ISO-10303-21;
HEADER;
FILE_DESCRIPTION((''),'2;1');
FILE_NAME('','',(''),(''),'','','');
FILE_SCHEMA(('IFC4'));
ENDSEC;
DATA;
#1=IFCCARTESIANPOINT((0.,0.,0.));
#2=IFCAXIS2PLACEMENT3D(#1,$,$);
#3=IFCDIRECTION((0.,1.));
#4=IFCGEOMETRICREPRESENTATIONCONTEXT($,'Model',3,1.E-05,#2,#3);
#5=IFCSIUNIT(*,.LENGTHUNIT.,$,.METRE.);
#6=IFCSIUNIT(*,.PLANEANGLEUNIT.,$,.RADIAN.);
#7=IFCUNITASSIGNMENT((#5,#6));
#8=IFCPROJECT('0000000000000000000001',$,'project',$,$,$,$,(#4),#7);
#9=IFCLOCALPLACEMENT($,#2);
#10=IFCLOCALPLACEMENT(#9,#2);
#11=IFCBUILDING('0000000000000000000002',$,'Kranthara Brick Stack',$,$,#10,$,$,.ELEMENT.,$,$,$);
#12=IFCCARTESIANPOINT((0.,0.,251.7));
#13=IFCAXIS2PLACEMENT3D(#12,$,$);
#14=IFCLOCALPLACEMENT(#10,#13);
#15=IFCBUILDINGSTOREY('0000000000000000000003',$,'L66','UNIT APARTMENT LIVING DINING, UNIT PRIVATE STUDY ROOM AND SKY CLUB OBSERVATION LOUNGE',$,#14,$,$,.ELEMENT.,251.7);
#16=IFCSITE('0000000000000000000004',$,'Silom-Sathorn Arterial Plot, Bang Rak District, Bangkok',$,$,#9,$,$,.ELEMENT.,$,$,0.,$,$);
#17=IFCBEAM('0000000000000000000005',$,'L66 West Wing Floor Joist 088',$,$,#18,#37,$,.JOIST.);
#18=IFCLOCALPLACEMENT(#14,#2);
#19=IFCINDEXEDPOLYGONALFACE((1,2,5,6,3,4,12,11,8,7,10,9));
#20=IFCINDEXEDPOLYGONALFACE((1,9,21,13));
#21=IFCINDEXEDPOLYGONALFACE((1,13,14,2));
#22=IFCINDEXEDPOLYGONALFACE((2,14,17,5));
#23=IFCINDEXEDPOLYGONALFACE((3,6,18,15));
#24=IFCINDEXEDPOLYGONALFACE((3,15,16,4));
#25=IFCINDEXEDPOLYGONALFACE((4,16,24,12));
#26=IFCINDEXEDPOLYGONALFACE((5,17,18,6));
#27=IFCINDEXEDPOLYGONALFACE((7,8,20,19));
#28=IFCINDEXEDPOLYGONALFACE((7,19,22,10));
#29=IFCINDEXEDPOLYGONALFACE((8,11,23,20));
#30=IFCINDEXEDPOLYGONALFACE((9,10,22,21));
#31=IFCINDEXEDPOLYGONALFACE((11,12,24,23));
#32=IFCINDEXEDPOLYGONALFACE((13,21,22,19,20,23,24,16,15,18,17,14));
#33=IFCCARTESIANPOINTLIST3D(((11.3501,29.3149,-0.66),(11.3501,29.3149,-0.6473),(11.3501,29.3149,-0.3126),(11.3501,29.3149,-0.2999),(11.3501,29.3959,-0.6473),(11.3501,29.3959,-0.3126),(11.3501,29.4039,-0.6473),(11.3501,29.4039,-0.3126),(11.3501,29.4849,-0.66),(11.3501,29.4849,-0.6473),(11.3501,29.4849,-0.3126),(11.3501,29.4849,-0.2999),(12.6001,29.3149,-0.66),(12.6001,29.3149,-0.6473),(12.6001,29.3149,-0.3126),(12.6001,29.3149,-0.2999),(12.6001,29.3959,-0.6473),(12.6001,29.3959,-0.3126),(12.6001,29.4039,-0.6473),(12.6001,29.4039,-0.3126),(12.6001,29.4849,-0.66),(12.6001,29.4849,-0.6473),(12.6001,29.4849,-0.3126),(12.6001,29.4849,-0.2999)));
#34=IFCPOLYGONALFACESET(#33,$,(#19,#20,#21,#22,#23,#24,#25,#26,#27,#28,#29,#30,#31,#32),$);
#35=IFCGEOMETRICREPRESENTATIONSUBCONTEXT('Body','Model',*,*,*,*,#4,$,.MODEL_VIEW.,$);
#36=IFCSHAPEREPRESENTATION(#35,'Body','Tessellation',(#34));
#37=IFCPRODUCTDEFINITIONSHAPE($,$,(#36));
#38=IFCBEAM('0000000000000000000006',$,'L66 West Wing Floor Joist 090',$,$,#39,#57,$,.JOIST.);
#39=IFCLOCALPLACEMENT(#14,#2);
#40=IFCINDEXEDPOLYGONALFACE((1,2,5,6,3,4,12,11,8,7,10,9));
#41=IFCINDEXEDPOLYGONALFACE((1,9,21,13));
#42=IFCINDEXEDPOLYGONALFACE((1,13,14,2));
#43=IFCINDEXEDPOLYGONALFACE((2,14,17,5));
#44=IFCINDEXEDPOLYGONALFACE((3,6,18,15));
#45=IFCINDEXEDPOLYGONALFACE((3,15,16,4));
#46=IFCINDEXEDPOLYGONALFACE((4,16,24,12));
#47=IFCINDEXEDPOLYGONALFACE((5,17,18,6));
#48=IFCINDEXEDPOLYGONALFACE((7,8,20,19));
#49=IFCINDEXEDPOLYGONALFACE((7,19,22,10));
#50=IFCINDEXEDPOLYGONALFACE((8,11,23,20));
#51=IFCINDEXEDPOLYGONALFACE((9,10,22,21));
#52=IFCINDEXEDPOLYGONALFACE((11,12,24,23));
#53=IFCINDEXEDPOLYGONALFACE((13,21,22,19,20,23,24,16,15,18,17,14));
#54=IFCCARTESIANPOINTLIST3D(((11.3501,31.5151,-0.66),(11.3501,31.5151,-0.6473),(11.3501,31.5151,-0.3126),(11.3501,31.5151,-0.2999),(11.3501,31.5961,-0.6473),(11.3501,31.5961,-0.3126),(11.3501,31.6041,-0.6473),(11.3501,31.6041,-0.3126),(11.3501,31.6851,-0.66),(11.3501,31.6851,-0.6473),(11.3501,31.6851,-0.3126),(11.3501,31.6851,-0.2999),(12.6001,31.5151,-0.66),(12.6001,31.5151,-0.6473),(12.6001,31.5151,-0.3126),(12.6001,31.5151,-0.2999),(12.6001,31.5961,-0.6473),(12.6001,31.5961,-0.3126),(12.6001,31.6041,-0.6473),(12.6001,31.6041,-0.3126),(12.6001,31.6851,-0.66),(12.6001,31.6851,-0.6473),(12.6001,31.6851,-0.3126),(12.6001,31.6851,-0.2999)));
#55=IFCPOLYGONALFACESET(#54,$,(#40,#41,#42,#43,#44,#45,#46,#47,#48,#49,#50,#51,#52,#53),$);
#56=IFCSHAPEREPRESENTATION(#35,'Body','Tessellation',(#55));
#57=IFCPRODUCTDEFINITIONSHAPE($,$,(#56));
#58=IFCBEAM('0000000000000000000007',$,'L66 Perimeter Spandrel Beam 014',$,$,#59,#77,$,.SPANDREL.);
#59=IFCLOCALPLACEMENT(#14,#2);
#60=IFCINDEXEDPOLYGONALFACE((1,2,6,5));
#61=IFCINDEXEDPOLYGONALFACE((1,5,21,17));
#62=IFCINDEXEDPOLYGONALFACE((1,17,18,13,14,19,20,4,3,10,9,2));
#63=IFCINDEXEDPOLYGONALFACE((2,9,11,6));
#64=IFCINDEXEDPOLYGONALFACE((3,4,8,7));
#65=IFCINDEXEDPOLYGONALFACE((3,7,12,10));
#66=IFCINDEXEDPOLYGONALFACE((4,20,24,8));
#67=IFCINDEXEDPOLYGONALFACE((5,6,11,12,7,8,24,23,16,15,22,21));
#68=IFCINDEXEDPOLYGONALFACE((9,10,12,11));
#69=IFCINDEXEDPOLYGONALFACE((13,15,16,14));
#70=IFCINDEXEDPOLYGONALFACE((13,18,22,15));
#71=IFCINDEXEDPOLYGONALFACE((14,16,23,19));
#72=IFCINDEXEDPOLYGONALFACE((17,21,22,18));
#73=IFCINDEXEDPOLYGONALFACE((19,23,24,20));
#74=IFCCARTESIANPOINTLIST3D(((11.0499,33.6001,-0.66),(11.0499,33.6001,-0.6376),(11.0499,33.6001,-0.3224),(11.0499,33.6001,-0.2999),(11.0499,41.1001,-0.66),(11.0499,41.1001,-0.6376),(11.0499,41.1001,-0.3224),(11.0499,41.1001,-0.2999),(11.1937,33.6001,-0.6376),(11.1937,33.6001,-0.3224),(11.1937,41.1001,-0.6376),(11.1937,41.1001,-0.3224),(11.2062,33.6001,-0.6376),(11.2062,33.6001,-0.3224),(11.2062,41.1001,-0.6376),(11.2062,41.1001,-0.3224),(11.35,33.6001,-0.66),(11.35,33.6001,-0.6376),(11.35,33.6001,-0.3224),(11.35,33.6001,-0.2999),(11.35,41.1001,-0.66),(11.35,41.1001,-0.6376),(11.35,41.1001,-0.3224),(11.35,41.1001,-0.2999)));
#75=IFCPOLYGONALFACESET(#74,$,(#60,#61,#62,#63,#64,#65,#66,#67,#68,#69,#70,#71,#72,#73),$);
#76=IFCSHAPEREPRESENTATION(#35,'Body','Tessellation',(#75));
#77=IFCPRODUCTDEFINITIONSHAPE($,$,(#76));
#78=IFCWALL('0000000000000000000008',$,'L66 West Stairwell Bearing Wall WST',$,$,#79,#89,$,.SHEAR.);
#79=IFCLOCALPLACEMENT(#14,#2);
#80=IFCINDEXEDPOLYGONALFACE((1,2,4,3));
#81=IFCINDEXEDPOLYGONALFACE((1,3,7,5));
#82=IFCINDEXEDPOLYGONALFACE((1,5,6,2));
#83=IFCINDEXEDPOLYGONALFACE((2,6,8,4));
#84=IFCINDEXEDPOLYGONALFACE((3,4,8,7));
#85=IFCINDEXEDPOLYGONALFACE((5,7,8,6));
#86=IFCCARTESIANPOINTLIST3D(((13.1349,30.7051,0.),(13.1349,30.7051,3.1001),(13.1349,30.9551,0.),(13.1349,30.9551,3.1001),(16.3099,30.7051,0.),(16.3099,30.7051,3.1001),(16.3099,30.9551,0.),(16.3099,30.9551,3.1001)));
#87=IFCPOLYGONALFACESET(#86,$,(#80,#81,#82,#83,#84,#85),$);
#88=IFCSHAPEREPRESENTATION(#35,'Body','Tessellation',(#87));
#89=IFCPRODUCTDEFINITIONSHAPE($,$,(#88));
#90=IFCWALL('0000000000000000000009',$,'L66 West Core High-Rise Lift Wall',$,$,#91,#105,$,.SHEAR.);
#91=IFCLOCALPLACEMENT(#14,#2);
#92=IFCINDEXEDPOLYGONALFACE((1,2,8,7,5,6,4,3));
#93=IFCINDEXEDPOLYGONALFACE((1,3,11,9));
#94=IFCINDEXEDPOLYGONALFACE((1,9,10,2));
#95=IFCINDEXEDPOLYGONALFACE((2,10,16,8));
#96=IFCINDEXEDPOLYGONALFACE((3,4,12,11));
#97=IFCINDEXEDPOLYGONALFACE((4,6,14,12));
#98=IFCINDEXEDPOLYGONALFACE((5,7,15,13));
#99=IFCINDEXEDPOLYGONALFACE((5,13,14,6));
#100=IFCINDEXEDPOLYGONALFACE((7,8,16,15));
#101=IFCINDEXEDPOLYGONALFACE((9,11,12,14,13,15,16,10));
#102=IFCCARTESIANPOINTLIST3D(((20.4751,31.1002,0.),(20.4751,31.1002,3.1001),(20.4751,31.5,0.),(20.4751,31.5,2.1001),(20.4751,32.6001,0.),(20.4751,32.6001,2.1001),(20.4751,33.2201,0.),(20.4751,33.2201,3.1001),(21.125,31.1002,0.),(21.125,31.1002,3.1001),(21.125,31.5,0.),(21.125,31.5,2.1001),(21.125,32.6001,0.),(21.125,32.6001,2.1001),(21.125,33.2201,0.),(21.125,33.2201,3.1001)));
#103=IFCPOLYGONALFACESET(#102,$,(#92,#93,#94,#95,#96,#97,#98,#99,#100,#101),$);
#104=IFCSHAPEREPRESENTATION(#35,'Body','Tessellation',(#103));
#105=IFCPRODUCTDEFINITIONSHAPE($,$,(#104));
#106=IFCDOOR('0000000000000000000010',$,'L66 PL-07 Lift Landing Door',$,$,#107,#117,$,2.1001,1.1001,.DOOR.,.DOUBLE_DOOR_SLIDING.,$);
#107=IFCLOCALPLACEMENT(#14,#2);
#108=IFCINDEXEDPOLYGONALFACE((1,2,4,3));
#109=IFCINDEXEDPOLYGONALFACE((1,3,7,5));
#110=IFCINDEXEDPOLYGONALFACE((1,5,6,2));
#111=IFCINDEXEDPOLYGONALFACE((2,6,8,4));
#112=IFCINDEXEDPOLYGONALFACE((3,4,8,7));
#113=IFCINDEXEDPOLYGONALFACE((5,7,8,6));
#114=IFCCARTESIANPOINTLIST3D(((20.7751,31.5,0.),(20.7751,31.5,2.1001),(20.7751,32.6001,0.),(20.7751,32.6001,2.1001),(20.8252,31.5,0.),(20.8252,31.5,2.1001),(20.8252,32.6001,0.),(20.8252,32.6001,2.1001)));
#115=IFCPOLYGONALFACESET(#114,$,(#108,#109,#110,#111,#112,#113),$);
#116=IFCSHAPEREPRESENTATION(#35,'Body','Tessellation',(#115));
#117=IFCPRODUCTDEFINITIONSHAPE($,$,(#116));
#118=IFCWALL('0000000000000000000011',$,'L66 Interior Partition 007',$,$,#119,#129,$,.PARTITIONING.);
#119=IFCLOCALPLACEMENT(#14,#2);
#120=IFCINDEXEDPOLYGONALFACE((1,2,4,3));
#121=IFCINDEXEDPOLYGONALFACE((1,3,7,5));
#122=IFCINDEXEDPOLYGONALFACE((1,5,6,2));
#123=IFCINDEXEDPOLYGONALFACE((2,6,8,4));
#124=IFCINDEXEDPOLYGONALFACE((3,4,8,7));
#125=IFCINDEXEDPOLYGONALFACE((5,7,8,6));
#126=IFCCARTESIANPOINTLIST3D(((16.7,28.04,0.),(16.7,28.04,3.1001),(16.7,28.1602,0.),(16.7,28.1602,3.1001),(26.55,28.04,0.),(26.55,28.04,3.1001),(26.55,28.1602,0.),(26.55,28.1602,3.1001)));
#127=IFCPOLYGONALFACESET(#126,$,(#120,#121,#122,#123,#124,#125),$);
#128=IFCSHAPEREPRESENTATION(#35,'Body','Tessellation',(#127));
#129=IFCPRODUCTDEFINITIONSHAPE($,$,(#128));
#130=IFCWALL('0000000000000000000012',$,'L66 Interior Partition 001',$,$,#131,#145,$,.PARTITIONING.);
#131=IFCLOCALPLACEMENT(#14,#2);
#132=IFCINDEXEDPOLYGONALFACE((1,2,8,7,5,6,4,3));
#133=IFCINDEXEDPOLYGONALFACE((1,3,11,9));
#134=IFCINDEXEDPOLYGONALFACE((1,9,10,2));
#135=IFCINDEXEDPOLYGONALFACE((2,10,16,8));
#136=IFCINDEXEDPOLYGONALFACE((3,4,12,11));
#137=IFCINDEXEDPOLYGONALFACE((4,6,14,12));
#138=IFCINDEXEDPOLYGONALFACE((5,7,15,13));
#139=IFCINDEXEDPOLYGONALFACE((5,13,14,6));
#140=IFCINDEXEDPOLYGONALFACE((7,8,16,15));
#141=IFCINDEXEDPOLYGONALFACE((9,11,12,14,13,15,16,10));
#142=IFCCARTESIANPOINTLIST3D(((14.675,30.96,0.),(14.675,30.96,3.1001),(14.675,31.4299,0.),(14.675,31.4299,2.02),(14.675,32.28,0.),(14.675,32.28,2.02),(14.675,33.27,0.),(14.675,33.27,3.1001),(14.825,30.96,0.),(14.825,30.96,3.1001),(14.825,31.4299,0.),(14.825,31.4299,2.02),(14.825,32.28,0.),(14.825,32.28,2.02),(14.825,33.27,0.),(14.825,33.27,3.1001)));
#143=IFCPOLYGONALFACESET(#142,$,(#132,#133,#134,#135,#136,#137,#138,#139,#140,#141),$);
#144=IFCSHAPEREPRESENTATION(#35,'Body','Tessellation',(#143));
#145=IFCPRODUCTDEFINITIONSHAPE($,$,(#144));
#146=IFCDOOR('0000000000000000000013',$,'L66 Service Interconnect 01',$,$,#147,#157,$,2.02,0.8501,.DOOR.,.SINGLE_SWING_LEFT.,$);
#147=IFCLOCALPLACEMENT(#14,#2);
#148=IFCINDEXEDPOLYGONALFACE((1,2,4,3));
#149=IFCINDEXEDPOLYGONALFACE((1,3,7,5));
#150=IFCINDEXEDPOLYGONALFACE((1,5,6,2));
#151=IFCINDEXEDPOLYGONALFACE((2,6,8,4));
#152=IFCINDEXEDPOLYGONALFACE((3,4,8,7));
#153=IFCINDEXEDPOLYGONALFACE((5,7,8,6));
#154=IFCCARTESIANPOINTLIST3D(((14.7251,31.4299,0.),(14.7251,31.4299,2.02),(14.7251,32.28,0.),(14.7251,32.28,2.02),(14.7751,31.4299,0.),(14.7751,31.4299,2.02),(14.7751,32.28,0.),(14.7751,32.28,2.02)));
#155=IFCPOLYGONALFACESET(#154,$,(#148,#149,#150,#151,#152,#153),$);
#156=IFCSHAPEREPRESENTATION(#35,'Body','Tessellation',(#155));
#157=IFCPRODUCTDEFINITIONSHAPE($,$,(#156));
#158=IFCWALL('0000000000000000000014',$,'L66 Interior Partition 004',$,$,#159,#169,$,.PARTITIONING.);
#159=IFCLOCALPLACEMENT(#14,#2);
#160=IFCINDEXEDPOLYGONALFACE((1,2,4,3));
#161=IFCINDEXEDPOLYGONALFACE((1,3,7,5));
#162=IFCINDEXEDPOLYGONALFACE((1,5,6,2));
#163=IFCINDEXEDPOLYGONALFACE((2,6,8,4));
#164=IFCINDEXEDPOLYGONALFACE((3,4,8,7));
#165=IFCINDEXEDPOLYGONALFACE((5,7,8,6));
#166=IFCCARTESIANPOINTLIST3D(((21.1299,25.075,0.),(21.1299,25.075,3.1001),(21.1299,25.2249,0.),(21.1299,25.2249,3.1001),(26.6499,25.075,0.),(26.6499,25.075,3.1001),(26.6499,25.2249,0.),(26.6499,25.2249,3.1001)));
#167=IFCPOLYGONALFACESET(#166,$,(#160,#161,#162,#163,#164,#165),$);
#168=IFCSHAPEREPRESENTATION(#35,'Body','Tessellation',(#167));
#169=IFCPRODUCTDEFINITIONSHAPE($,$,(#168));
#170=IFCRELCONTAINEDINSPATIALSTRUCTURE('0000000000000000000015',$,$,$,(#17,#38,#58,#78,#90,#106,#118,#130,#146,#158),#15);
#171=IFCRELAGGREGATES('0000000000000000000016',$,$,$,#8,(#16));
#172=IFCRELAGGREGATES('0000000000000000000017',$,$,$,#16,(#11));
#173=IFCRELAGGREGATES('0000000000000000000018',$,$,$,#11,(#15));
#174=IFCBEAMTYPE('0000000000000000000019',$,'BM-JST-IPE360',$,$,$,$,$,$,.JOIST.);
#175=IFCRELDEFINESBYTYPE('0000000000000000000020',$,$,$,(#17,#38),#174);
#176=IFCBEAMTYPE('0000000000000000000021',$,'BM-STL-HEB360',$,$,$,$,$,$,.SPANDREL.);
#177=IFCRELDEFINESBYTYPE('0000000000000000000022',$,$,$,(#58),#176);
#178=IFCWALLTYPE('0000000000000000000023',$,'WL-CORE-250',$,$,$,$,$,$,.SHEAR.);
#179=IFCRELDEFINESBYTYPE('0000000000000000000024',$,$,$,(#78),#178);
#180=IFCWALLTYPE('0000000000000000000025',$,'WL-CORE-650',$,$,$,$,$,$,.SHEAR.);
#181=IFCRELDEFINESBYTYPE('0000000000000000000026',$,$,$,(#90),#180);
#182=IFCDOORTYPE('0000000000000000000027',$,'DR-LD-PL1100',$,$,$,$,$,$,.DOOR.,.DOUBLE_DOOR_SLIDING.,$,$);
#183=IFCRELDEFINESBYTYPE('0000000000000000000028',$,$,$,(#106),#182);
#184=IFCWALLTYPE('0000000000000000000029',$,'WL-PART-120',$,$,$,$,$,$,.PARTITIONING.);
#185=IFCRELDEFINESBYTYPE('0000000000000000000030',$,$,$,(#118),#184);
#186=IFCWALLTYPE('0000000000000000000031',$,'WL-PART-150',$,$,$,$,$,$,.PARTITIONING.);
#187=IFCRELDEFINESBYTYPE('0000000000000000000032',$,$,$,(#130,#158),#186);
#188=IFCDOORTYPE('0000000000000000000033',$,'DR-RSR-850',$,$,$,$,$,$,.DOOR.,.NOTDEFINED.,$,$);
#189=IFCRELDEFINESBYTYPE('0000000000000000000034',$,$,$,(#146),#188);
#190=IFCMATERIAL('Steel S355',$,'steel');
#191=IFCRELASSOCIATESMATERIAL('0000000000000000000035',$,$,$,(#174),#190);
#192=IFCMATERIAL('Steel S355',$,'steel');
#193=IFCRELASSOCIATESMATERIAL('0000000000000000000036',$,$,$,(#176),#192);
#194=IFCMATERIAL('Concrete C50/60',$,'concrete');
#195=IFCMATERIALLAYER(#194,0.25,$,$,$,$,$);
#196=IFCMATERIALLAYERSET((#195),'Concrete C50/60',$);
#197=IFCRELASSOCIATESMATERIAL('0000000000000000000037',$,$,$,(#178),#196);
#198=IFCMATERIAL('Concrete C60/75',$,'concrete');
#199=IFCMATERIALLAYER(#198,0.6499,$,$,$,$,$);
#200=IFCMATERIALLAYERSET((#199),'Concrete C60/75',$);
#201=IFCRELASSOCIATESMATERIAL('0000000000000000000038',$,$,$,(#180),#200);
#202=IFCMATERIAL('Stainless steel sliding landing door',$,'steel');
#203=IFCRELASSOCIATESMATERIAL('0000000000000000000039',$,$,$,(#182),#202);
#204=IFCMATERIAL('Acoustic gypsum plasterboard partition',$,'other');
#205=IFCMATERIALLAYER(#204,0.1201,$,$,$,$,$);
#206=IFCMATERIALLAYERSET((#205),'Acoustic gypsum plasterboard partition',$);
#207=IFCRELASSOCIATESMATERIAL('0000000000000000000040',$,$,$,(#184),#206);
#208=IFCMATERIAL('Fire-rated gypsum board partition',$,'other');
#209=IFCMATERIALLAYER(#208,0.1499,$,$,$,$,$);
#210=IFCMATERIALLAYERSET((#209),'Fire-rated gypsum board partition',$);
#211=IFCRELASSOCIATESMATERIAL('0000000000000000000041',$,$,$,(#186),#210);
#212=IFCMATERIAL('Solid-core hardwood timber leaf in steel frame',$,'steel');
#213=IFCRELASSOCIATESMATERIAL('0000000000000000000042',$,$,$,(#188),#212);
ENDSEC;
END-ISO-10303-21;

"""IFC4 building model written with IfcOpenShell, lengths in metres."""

from ifc_helpers import new_model, si_unit, direction, frame, frame_2d, origin, origin_2d, place, context, subcontext, project, spatial, rectangle, i_section, extrude, material, layer, layer_set, material_profile, profile_set, type_object, element, fill, save


model = new_model("IFC4")

# Units and contexts
model_context = context("Model", 3, precision=1e-05, world=origin(), true_north=direction((0.0, 1.0)))
body_context = subcontext(model_context, "Body", "Model", "MODEL_VIEW")
ifc_project = project(units=[si_unit("LENGTHUNIT", "METRE"), si_unit("PLANEANGLEUNIT", "RADIAN")], contexts=[model_context])

# Site, building, storey
site_placement = place(None, origin())
site = spatial("IfcSite", under=ifc_project, at=site_placement, Name="Silom-Sathorn Arterial Plot, Bang Rak District, Bangkok", CompositionType="ELEMENT", RefElevation=0.0)
building_placement = place(site_placement, origin())
building = spatial("IfcBuilding", under=site, at=building_placement, Name="Kranthara Brick Stack", CompositionType="ELEMENT")
storey_placement = place(building_placement, frame((0.0, 0.0, 251.7)))
storey = spatial("IfcBuildingStorey", under=building, at=storey_placement, Name="L66", Description="UNIT APARTMENT LIVING DINING, UNIT PRIVATE STUDY ROOM AND SKY CLUB OBSERVATION LOUNGE", CompositionType="ELEMENT", Elevation=251.7)

# Beams
ifc_material_1 = material(Name="Steel S355", Category="steel")
ifc_material_profile_1 = material_profile(ifc_material_1, i_section(OverallWidth=0.1699, OverallDepth=0.3601, WebThickness=0.0081, FlangeThickness=0.0127, at=origin_2d()), Name="IPE 360")
ifc_profile_set_1 = profile_set([ifc_material_profile_1], Name="Steel S355")
beam_type_1 = type_object("IfcBeamType", Name="BM-JST-IPE360", PredefinedType="JOIST", material=ifc_profile_set_1)
for number, where, z_axis, x_axis, name in (
    (1, (11.3501, 29.3999, -0.48), (1.0, 0.0, 0.0), (0.0, 1.0, 0.0), "L66 West Wing Floor Joist 088"),
    (2, (11.3501, 31.6001, -0.48), (1.0, 0.0, 0.0), (0.0, 1.0, 0.0), "L66 West Wing Floor Joist 090"),
):
    element("IfcBeam", number, at=place(storey_placement, frame(where, z_axis=z_axis, x_axis=x_axis)), inside=storey, type_object=beam_type_1, Name=name, PredefinedType="JOIST", context=body_context, shape_type="SweptSolid", body=[
        extrude(i_section(OverallWidth=0.1699, OverallDepth=0.3601, WebThickness=0.0081, FlangeThickness=0.0127, at=origin_2d()), origin(), (0.0, 0.0, 1.0), 1.25),
    ])
ifc_material_2 = material(Name="Steel S355", Category="steel")
ifc_material_profile_2 = material_profile(ifc_material_2, i_section(OverallWidth=0.3, OverallDepth=0.3601, WebThickness=0.0125, FlangeThickness=0.0225, at=origin_2d()), Name="HEB 360")
ifc_profile_set_2 = profile_set([ifc_material_profile_2], Name="Steel S355")
beam_type_2 = type_object("IfcBeamType", Name="BM-STL-HEB360", PredefinedType="SPANDREL", material=ifc_profile_set_2)
beam_1_placement = place(storey_placement, frame((11.2, 33.6001, -0.48), z_axis=(0.0, 1.0, 0.0), x_axis=(-1.0, 0.0, 0.0)))
element("IfcBeam", 3, at=beam_1_placement, inside=storey, type_object=beam_type_2, Name="L66 Perimeter Spandrel Beam 014", PredefinedType="SPANDREL", context=body_context, shape_type="SweptSolid", body=[
    extrude(i_section(OverallWidth=0.3, OverallDepth=0.3601, WebThickness=0.0125, FlangeThickness=0.0225, at=origin_2d()), origin(), (0.0, 0.0, 1.0), 7.5),
])

# Wall
ifc_material_3 = material(Name="Concrete C50/60", Category="concrete")
ifc_layer_1 = layer(ifc_material_3, 0.25)
ifc_layer_set_1 = layer_set([ifc_layer_1], Name="Concrete C50/60")
wall_type_1 = type_object("IfcWallType", Name="WL-CORE-250", PredefinedType="SHEAR", material=ifc_layer_set_1)
wall_1_placement = place(storey_placement, frame((13.135, 30.8301, 0.0), z_axis=(0.0, 0.0, 1.0), x_axis=(1.0, 0.0, 0.0)))
element("IfcWall", 4, at=wall_1_placement, inside=storey, type_object=wall_type_1, Name="L66 West Stairwell Bearing Wall WST", PredefinedType="SHEAR", context=body_context, shape_type="SweptSolid", body=[
    extrude(rectangle(XDim=3.175, YDim=0.25, at=frame_2d((1.5874, 0.0))), origin(), (0.0, 0.0, 1.0), 3.1001),
])

# Wall, opening, door
ifc_material_4 = material(Name="Concrete C60/75", Category="concrete")
ifc_layer_2 = layer(ifc_material_4, 0.6499)
ifc_layer_set_2 = layer_set([ifc_layer_2], Name="Concrete C60/75")
wall_type_2 = type_object("IfcWallType", Name="WL-CORE-650", PredefinedType="SHEAR", material=ifc_layer_set_2)
wall_2_placement = place(storey_placement, frame((20.8, 31.1001, 0.0), z_axis=(0.0, 0.0, 1.0), x_axis=(0.0, 1.0, 0.0)))
wall_2 = element("IfcWall", 5, at=wall_2_placement, inside=storey, type_object=wall_type_2, Name="L66 West Core High-Rise Lift Wall", PredefinedType="SHEAR", context=body_context, shape_type="SweptSolid", body=[
    extrude(rectangle(XDim=2.1199, YDim=0.6499, at=frame_2d((1.0601, 0.0))), origin(), (0.0, 0.0, 1.0), 3.1001),
])
opening_1_placement = place(wall_2_placement, frame((0.3999, 0.0, 0.0)))
opening_1 = element("IfcOpeningElement", 6, at=opening_1_placement, cuts=wall_2, PredefinedType="OPENING", context=body_context, shape_type="SweptSolid", body=[
    extrude(rectangle(XDim=1.1001, YDim=2.1001, at=frame_2d((0.55, 1.05))), frame((0.0, 0.335, 0.0), z_axis=(0.0, -1.0, 0.0), x_axis=(1.0, 0.0, 0.0)), (0.0, 0.0, 1.0), 0.6699),
])
ifc_material_5 = material(Name="Stainless steel sliding landing door", Category="steel")
door_type_1 = type_object("IfcDoorType", Name="DR-LD-PL1100", OperationType="DOUBLE_DOOR_SLIDING", PredefinedType="DOOR", material=ifc_material_5)
door_1_placement = place(opening_1_placement, origin())
door_1 = element("IfcDoor", 7, at=door_1_placement, inside=storey, type_object=door_type_1, Name="L66 PL-07 Lift Landing Door", OperationType="DOUBLE_DOOR_SLIDING", OverallHeight=2.1001, OverallWidth=1.1001, PredefinedType="DOOR", context=body_context, shape_type="SweptSolid", body=[
    extrude(rectangle(XDim=1.1001, YDim=2.1001, at=frame_2d((0.55, 1.05))), frame((0.0, 0.0249, 0.0), z_axis=(0.0, -1.0, 0.0), x_axis=(1.0, 0.0, 0.0)), (0.0, 0.0, 1.0), 0.05),
])
fill(opening_1, door_1)

# Wall
ifc_material_6 = material(Name="Acoustic gypsum plasterboard partition", Category="other")
ifc_layer_3 = layer(ifc_material_6, 0.1201)
ifc_layer_set_3 = layer_set([ifc_layer_3], Name="Acoustic gypsum plasterboard partition")
wall_type_3 = type_object("IfcWallType", Name="WL-PART-120", PredefinedType="PARTITIONING", material=ifc_layer_set_3)
wall_3_placement = place(storey_placement, frame((16.7, 28.1001, 0.0), z_axis=(0.0, 0.0, 1.0), x_axis=(1.0, 0.0, 0.0)))
element("IfcWall", 8, at=wall_3_placement, inside=storey, type_object=wall_type_3, Name="L66 Interior Partition 007", PredefinedType="PARTITIONING", context=body_context, shape_type="SweptSolid", body=[
    extrude(rectangle(XDim=9.8501, YDim=0.1201, at=frame_2d((4.925, 0.0))), origin(), (0.0, 0.0, 1.0), 3.1001),
])

# Wall, opening, door
ifc_material_7 = material(Name="Fire-rated gypsum board partition", Category="other")
ifc_layer_4 = layer(ifc_material_7, 0.1499)
ifc_layer_set_4 = layer_set([ifc_layer_4], Name="Fire-rated gypsum board partition")
wall_type_4 = type_object("IfcWallType", Name="WL-PART-150", PredefinedType="PARTITIONING", material=ifc_layer_set_4)
wall_4_placement = place(storey_placement, frame((14.75, 30.96, 0.0), z_axis=(0.0, 0.0, 1.0), x_axis=(0.0, 1.0, 0.0)))
wall_4 = element("IfcWall", 9, at=wall_4_placement, inside=storey, type_object=wall_type_4, Name="L66 Interior Partition 001", PredefinedType="PARTITIONING", context=body_context, shape_type="SweptSolid", body=[
    extrude(rectangle(XDim=2.3101, YDim=0.1499, at=frame_2d((1.155, 0.0))), origin(), (0.0, 0.0, 1.0), 3.1001),
])
opening_2_placement = place(wall_4_placement, frame((0.47, 0.0, 0.0)))
opening_2 = element("IfcOpeningElement", 10, at=opening_2_placement, cuts=wall_4, PredefinedType="OPENING", context=body_context, shape_type="SweptSolid", body=[
    extrude(rectangle(XDim=0.8501, YDim=2.02, at=frame_2d((0.425, 1.01))), frame((0.0, 0.085, 0.0), z_axis=(0.0, -1.0, 0.0), x_axis=(1.0, 0.0, 0.0)), (0.0, 0.0, 1.0), 0.1699),
])
ifc_material_8 = material(Name="Solid-core hardwood timber leaf in steel frame", Category="steel")
door_type_2 = type_object("IfcDoorType", Name="DR-RSR-850", OperationType="NOTDEFINED", PredefinedType="DOOR", material=ifc_material_8)
door_2_placement = place(opening_2_placement, origin())
door_2 = element("IfcDoor", 11, at=door_2_placement, inside=storey, type_object=door_type_2, Name="L66 Service Interconnect 01", OperationType="SINGLE_SWING_LEFT", OverallHeight=2.02, OverallWidth=0.8501, PredefinedType="DOOR", context=body_context, shape_type="SweptSolid", body=[
    extrude(rectangle(XDim=0.8501, YDim=2.02, at=frame_2d((0.425, 1.01))), frame((0.0, 0.0249, 0.0), z_axis=(0.0, -1.0, 0.0), x_axis=(1.0, 0.0, 0.0)), (0.0, 0.0, 1.0), 0.05),
])
fill(opening_2, door_2)

# Wall
wall_5_placement = place(storey_placement, frame((21.1299, 25.1499, 0.0), z_axis=(0.0, 0.0, 1.0), x_axis=(1.0, 0.0, 0.0)))
element("IfcWall", 12, at=wall_5_placement, inside=storey, type_object=wall_type_4, Name="L66 Interior Partition 004", PredefinedType="PARTITIONING", context=body_context, shape_type="SweptSolid", body=[
    extrude(rectangle(XDim=5.52, YDim=0.1499, at=frame_2d((2.76, 0.0))), origin(), (0.0, 0.0, 1.0), 3.1001),
])

save(model, "model.ifc")
